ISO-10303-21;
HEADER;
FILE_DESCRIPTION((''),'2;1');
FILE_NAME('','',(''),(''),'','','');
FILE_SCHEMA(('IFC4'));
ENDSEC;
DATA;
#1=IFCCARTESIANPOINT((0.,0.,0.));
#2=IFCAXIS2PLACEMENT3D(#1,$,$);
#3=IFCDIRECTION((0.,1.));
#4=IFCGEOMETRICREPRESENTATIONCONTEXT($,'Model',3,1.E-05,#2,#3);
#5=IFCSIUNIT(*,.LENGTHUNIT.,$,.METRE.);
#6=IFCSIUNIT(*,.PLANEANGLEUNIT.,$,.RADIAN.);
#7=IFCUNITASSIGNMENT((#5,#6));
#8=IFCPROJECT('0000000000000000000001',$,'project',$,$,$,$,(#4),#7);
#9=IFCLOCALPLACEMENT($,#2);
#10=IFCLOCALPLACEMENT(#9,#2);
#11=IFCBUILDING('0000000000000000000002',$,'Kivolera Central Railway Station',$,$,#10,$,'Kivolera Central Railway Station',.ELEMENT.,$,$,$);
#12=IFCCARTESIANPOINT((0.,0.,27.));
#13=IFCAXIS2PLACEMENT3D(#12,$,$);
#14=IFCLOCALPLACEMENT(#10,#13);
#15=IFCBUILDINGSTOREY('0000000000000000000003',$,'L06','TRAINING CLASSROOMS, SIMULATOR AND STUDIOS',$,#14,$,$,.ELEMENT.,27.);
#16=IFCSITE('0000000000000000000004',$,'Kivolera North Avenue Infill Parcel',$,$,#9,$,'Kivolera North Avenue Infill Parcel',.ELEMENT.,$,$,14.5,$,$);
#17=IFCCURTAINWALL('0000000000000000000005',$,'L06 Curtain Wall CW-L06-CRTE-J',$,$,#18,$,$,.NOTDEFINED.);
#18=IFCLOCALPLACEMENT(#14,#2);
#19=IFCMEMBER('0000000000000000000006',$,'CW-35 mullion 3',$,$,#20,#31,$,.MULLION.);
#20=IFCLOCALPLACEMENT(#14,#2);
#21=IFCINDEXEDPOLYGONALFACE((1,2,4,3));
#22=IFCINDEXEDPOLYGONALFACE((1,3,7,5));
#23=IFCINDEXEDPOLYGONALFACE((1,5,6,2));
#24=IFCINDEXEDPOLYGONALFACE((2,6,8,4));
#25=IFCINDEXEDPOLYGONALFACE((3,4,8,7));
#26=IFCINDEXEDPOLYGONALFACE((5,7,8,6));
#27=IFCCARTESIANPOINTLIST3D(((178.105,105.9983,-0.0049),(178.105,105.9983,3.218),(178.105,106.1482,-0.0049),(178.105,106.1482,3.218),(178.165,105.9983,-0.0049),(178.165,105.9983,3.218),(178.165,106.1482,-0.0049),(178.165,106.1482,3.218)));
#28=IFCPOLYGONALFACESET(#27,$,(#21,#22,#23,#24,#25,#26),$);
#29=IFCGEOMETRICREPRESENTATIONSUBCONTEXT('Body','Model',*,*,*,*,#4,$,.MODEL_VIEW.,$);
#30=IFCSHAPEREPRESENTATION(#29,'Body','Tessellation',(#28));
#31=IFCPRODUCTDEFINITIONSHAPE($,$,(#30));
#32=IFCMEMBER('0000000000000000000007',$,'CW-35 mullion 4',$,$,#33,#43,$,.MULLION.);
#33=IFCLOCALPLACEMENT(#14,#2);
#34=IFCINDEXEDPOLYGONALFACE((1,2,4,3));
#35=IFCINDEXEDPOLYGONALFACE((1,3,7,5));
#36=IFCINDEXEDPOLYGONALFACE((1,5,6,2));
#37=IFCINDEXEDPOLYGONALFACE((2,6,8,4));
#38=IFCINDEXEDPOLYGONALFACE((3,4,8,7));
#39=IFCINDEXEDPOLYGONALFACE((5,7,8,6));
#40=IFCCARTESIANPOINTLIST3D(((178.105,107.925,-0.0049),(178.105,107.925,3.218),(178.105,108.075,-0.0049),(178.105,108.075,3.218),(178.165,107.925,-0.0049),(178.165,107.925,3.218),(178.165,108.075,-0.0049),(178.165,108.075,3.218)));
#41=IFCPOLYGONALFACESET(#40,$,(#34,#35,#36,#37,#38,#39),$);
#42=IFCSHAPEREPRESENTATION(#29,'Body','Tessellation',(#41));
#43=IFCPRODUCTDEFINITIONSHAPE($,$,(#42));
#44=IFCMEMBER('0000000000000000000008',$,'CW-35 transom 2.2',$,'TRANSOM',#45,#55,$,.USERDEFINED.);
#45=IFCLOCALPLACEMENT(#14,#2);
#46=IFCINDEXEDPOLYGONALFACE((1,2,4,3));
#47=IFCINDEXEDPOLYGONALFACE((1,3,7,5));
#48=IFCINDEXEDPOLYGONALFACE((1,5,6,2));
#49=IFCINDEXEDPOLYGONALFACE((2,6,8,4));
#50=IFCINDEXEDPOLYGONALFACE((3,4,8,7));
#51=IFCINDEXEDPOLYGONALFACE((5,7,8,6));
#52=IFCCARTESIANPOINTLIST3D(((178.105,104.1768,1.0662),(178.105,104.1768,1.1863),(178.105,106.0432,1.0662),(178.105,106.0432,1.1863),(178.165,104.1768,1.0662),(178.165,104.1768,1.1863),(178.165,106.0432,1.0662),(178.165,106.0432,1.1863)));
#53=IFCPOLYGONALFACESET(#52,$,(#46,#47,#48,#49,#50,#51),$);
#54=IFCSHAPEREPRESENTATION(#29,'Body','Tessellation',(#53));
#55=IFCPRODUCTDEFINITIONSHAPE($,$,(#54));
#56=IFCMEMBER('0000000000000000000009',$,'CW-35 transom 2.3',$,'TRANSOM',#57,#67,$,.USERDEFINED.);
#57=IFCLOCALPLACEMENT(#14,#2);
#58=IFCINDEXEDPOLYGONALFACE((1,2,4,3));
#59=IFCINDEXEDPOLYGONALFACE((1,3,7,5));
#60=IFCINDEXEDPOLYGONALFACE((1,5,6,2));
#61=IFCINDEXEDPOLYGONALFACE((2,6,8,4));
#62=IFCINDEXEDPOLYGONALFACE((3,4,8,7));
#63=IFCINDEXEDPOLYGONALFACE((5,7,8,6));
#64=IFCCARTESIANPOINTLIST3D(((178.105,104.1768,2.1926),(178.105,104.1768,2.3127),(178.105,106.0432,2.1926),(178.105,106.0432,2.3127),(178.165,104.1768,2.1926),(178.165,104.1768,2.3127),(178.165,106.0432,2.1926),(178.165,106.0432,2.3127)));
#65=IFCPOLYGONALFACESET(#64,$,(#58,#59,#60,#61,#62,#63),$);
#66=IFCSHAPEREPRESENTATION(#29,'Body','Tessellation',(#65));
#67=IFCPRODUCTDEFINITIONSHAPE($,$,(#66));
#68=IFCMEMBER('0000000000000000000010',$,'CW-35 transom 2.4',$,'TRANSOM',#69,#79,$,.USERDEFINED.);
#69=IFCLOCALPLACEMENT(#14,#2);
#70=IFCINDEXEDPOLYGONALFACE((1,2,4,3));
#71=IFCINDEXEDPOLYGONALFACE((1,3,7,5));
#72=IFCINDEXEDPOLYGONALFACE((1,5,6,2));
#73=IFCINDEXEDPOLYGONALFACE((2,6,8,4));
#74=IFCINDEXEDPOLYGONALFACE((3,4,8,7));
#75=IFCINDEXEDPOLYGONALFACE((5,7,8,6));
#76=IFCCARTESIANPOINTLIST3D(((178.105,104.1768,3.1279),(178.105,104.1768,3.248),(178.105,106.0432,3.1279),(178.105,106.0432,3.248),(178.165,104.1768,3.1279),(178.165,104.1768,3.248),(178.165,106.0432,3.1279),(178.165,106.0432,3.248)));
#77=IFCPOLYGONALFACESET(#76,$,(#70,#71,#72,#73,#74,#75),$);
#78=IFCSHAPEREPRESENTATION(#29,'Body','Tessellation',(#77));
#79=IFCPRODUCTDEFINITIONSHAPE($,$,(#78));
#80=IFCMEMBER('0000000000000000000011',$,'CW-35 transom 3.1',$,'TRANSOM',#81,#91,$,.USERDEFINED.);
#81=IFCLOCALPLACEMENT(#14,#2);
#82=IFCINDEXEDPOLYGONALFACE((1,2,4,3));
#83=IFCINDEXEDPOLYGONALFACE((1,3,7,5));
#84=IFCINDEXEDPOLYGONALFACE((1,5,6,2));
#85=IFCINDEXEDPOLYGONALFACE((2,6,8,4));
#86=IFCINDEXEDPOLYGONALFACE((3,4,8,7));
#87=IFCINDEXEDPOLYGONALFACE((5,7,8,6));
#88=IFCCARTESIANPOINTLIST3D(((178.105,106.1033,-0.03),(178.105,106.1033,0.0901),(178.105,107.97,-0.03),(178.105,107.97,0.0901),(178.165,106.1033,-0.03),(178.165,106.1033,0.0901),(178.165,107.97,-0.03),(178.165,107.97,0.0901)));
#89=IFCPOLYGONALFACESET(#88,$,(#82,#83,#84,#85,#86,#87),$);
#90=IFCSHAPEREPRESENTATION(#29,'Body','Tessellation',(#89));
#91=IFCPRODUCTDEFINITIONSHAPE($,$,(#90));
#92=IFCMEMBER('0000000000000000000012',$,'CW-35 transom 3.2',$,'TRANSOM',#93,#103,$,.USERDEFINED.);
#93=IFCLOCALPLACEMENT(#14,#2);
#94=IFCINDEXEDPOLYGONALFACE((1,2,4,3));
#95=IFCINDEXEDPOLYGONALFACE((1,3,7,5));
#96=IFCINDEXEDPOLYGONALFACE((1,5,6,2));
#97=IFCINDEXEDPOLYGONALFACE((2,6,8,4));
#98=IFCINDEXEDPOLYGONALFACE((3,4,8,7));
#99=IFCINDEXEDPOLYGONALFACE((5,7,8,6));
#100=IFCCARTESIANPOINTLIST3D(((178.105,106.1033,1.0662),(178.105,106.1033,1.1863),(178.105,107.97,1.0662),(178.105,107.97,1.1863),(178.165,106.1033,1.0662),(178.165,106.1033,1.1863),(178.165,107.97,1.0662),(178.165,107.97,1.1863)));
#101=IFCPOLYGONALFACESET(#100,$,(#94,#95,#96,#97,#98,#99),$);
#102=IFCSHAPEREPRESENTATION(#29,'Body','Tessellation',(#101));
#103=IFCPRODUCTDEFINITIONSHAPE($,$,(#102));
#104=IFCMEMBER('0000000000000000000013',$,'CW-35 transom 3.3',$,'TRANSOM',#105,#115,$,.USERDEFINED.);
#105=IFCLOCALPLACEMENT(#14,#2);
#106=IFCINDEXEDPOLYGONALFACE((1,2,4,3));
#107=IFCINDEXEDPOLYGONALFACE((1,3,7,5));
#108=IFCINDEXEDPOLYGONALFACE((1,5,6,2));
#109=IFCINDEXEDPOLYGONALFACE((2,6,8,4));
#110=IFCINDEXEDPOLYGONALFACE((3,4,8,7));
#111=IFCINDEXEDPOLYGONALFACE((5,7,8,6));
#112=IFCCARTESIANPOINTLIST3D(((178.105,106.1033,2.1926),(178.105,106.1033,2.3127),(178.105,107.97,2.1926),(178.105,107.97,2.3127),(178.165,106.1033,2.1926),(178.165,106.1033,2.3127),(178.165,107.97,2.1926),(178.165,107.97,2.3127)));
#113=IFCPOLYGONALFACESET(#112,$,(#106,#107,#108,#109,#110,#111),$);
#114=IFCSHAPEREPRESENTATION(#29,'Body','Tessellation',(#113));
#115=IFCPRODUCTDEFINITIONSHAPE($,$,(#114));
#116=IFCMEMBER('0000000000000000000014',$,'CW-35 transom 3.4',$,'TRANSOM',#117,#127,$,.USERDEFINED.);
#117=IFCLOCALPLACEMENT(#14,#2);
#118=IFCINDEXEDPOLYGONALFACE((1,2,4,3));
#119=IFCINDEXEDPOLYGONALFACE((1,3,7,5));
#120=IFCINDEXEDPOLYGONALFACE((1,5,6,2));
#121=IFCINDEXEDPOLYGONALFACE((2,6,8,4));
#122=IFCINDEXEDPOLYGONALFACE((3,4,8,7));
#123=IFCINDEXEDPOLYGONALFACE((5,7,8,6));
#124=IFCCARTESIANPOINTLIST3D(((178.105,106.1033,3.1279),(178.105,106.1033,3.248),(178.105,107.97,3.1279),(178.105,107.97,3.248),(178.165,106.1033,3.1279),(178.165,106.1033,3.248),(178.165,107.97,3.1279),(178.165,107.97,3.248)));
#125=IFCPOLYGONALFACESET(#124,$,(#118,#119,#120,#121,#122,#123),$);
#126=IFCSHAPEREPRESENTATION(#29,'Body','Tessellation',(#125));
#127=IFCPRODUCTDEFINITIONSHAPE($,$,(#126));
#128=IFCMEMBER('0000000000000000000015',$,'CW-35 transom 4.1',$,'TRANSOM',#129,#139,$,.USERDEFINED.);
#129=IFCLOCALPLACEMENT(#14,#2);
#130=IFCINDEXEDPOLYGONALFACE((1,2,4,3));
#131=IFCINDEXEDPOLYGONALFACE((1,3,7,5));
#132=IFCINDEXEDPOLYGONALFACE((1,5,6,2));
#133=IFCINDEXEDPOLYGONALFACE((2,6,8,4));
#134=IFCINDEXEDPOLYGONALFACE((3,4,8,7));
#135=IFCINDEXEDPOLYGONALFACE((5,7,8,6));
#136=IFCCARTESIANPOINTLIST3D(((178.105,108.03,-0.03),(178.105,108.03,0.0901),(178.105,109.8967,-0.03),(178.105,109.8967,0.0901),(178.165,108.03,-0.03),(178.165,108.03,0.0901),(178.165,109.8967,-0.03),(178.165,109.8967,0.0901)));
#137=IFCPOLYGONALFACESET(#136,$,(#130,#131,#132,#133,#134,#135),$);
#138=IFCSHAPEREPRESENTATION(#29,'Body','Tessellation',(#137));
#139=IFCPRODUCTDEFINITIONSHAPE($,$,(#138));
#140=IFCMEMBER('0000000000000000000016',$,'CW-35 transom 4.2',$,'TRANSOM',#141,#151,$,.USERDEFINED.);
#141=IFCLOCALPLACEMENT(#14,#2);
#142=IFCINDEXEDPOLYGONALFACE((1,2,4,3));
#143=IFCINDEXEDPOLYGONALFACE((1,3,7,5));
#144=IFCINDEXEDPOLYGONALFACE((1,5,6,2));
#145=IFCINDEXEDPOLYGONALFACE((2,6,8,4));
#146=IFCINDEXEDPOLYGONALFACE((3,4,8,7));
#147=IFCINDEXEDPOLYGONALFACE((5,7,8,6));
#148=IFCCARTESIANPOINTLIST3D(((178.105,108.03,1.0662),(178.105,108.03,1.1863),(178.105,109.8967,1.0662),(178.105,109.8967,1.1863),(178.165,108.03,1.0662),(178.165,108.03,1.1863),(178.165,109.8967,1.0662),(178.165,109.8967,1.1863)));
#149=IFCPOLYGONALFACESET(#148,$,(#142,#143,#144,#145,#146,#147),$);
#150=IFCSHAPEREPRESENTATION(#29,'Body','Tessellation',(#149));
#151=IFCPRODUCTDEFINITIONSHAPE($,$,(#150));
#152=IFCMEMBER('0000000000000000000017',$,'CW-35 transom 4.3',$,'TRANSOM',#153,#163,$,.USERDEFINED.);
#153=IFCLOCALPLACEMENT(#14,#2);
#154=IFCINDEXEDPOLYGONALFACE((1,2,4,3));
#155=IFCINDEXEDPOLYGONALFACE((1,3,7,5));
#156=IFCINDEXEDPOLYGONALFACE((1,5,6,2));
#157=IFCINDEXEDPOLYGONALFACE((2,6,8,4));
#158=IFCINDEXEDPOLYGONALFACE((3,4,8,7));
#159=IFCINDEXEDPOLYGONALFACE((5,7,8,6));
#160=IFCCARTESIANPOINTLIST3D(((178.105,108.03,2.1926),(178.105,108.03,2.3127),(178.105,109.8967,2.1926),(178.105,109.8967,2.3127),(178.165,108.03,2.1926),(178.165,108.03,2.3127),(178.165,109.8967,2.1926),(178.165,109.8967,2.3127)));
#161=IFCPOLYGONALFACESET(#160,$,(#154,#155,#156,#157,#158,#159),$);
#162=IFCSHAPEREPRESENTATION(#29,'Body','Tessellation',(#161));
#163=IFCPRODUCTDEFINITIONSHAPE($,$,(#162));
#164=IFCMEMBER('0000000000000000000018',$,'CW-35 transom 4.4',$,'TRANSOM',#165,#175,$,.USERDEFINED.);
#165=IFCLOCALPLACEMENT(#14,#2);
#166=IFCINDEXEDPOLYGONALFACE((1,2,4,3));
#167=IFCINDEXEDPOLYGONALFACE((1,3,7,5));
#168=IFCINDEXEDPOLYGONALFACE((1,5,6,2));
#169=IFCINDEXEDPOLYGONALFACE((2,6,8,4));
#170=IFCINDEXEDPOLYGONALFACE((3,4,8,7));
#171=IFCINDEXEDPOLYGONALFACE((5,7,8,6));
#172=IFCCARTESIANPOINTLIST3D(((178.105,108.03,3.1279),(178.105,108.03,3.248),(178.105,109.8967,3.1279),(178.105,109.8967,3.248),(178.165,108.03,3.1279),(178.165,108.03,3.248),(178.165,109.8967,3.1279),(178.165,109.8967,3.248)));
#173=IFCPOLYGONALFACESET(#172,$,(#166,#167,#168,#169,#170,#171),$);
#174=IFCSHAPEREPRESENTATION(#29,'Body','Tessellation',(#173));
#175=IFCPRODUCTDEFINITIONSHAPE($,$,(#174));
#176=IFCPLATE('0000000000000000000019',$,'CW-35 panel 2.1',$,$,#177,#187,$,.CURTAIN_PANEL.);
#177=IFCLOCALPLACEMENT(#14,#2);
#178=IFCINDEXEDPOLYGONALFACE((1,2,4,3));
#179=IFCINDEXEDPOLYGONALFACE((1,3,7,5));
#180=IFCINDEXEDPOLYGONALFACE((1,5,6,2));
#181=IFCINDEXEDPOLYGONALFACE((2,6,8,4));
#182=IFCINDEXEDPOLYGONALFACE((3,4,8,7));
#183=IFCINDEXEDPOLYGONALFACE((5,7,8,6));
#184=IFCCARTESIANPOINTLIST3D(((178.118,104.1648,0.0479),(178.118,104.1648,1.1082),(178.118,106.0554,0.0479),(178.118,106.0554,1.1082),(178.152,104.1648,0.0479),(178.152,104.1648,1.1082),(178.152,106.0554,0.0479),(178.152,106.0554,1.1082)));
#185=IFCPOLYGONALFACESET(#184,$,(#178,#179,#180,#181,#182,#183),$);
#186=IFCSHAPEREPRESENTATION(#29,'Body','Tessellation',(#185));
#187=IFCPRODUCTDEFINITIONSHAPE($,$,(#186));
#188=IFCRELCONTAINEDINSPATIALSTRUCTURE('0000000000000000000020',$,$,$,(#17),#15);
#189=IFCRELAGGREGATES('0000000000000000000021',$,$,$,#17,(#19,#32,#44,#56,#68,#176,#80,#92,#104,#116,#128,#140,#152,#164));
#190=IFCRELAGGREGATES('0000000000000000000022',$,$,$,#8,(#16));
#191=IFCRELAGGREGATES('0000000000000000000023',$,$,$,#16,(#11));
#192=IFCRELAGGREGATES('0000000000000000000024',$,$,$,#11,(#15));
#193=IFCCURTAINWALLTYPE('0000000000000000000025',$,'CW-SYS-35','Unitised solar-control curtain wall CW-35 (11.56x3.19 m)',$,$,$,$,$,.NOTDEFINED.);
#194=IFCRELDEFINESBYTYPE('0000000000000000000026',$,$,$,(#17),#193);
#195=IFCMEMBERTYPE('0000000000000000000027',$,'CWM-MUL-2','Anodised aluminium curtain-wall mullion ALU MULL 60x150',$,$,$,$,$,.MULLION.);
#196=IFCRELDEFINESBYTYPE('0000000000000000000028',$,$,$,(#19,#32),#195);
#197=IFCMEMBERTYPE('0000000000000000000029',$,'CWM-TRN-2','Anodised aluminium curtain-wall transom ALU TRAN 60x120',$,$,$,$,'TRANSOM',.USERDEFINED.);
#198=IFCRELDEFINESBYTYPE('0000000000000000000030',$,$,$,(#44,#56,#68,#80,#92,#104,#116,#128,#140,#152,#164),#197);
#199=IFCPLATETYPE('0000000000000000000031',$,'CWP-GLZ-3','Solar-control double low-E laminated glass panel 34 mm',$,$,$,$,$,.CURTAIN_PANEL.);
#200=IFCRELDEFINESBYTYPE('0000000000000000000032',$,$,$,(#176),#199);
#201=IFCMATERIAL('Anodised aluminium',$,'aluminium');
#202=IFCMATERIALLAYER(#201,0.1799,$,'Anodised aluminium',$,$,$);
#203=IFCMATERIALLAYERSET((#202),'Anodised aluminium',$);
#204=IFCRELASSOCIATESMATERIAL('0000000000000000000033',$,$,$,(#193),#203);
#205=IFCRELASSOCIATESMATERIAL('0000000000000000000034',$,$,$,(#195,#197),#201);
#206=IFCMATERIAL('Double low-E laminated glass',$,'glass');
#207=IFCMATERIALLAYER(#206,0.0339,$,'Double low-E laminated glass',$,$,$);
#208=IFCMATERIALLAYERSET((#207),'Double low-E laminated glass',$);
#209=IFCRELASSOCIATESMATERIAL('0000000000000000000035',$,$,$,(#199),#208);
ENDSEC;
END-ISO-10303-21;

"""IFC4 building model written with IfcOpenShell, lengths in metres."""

from ifc_helpers import new_model, si_unit, direction, frame, origin, origin_2d, place, context, subcontext, project, spatial, rectangle, extrude, material, layer, layer_set, material_profile, profile_set, type_object, element, aggregate, save


model = new_model("IFC4")

# Units and contexts
model_context = context("Model", 3, precision=1e-05, world=origin(), true_north=direction((0.0, 1.0)))
body_context = subcontext(model_context, "Body", "Model", "MODEL_VIEW")
ifc_project = project(units=[si_unit("LENGTHUNIT", "METRE"), si_unit("PLANEANGLEUNIT", "RADIAN")], contexts=[model_context])

# Site, building, storey
site_placement = place(None, origin())
site = spatial("IfcSite", under=ifc_project, at=site_placement, Name="Kivolera North Avenue Infill Parcel", LongName="Kivolera North Avenue Infill Parcel", CompositionType="ELEMENT", RefElevation=14.5)
building_placement = place(site_placement, origin())
building = spatial("IfcBuilding", under=site, at=building_placement, Name="Kivolera Central Railway Station", LongName="Kivolera Central Railway Station", CompositionType="ELEMENT")
storey_placement = place(building_placement, frame((0.0, 0.0, 27.0)))
storey = spatial("IfcBuildingStorey", under=building, at=storey_placement, Name="L06", Description="TRAINING CLASSROOMS, SIMULATOR AND STUDIOS", CompositionType="ELEMENT", Elevation=27.0)

# Curtain wall, members, plate
ifc_material_1 = material(Name="Anodised aluminium", Category="aluminium")
ifc_layer_1 = layer(ifc_material_1, 0.1799, Name="Anodised aluminium")
ifc_layer_set_1 = layer_set([ifc_layer_1], Name="Anodised aluminium")
curtain_wall_type = type_object("IfcCurtainWallType", Name="CW-SYS-35", Description="Unitised solar-control curtain wall CW-35 (11.56x3.19 m)", PredefinedType="NOTDEFINED", material=ifc_layer_set_1)
curtain_wall_placement = place(storey_placement, origin())
curtain_wall = element("IfcCurtainWall", 1, at=curtain_wall_placement, inside=storey, type_object=curtain_wall_type, Name="L06 Curtain Wall CW-L06-CRTE-J", PredefinedType="NOTDEFINED")
ifc_material_profile_1 = material_profile(ifc_material_1, rectangle(XDim=0.0601, YDim=0.1499, at=origin_2d()), Name="ALU MULL 60x150")
ifc_profile_set_1 = profile_set([ifc_material_profile_1], Name="Anodised aluminium")
member_type_1 = type_object("IfcMemberType", Name="CWM-MUL-2", Description="Anodised aluminium curtain-wall mullion ALU MULL 60x150", PredefinedType="MULLION", material=ifc_profile_set_1)
member_1_placement = place(storey_placement, frame((178.135, 106.0732, -0.0049), z_axis=(0.0, 0.0, 1.0), x_axis=(-1.0, 0.0, 0.0)))
member_1 = element("IfcMember", 2, at=member_1_placement, type_object=member_type_1, Name="CW-35 mullion 3", PredefinedType="MULLION", context=body_context, shape_type="SweptSolid", body=[
    extrude(rectangle(XDim=0.0601, YDim=0.1499, at=origin_2d()), origin(), (0.0, 0.0, 1.0), 3.2229),
])
member_2_placement = place(storey_placement, frame((178.135, 108.0, -0.0049), z_axis=(0.0, 0.0, 1.0), x_axis=(-1.0, 0.0, 0.0)))
member_2 = element("IfcMember", 3, at=member_2_placement, type_object=member_type_1, Name="CW-35 mullion 4", PredefinedType="MULLION", context=body_context, shape_type="SweptSolid", body=[
    extrude(rectangle(XDim=0.0601, YDim=0.1499, at=origin_2d()), origin(), (0.0, 0.0, 1.0), 3.2229),
])
ifc_material_profile_2 = material_profile(ifc_material_1, rectangle(XDim=0.0601, YDim=0.1201, at=origin_2d()), Name="ALU TRAN 60x120")
ifc_profile_set_2 = profile_set([ifc_material_profile_2], Name="Anodised aluminium")
member_type_2 = type_object("IfcMemberType", Name="CWM-TRN-2", Description="Anodised aluminium curtain-wall transom ALU TRAN 60x120", ElementType="TRANSOM", PredefinedType="USERDEFINED", material=ifc_profile_set_2)
member_3_placement = place(storey_placement, frame((178.135, 104.1768, 1.1262), z_axis=(0.0, 1.0, 0.0), x_axis=(-1.0, 0.0, 0.0)))
member_3 = element("IfcMember", 4, at=member_3_placement, type_object=member_type_2, Name="CW-35 transom 2.2", ObjectType="TRANSOM", PredefinedType="USERDEFINED", context=body_context, shape_type="SweptSolid", body=[
    extrude(rectangle(XDim=0.0601, YDim=0.1201, at=origin_2d()), origin(), (0.0, 0.0, 1.0), 1.8665),
])
member_4_placement = place(storey_placement, frame((178.135, 104.1768, 2.2527), z_axis=(0.0, 1.0, 0.0), x_axis=(-1.0, 0.0, 0.0)))
member_4 = element("IfcMember", 5, at=member_4_placement, type_object=member_type_2, Name="CW-35 transom 2.3", ObjectType="TRANSOM", PredefinedType="USERDEFINED", context=body_context, shape_type="SweptSolid", body=[
    extrude(rectangle(XDim=0.0601, YDim=0.1201, at=origin_2d()), origin(), (0.0, 0.0, 1.0), 1.8665),
])
member_5_placement = place(storey_placement, frame((178.135, 104.1768, 3.188), z_axis=(0.0, 1.0, 0.0), x_axis=(-1.0, 0.0, 0.0)))
member_5 = element("IfcMember", 6, at=member_5_placement, type_object=member_type_2, Name="CW-35 transom 2.4", ObjectType="TRANSOM", PredefinedType="USERDEFINED", context=body_context, shape_type="SweptSolid", body=[
    extrude(rectangle(XDim=0.0601, YDim=0.1201, at=origin_2d()), origin(), (0.0, 0.0, 1.0), 1.8665),
])
member_6_placement = place(storey_placement, frame((178.135, 106.1033, 0.03), z_axis=(0.0, 1.0, 0.0), x_axis=(-1.0, 0.0, 0.0)))
member_6 = element("IfcMember", 7, at=member_6_placement, type_object=member_type_2, Name="CW-35 transom 3.1", ObjectType="TRANSOM", PredefinedType="USERDEFINED", context=body_context, shape_type="SweptSolid", body=[
    extrude(rectangle(XDim=0.0601, YDim=0.1201, at=origin_2d()), origin(), (0.0, 0.0, 1.0), 1.8667),
])
member_7_placement = place(storey_placement, frame((178.135, 106.1033, 1.1262), z_axis=(0.0, 1.0, 0.0), x_axis=(-1.0, 0.0, 0.0)))
member_7 = element("IfcMember", 8, at=member_7_placement, type_object=member_type_2, Name="CW-35 transom 3.2", ObjectType="TRANSOM", PredefinedType="USERDEFINED", context=body_context, shape_type="SweptSolid", body=[
    extrude(rectangle(XDim=0.0601, YDim=0.1201, at=origin_2d()), origin(), (0.0, 0.0, 1.0), 1.8667),
])
member_8_placement = place(storey_placement, frame((178.135, 106.1033, 2.2527), z_axis=(0.0, 1.0, 0.0), x_axis=(-1.0, 0.0, 0.0)))
member_8 = element("IfcMember", 9, at=member_8_placement, type_object=member_type_2, Name="CW-35 transom 3.3", ObjectType="TRANSOM", PredefinedType="USERDEFINED", context=body_context, shape_type="SweptSolid", body=[
    extrude(rectangle(XDim=0.0601, YDim=0.1201, at=origin_2d()), origin(), (0.0, 0.0, 1.0), 1.8667),
])
member_9_placement = place(storey_placement, frame((178.135, 106.1033, 3.188), z_axis=(0.0, 1.0, 0.0), x_axis=(-1.0, 0.0, 0.0)))
member_9 = element("IfcMember", 10, at=member_9_placement, type_object=member_type_2, Name="CW-35 transom 3.4", ObjectType="TRANSOM", PredefinedType="USERDEFINED", context=body_context, shape_type="SweptSolid", body=[
    extrude(rectangle(XDim=0.0601, YDim=0.1201, at=origin_2d()), origin(), (0.0, 0.0, 1.0), 1.8667),
])
member_10_placement = place(storey_placement, frame((178.135, 108.03, 0.03), z_axis=(0.0, 1.0, 0.0), x_axis=(-1.0, 0.0, 0.0)))
member_10 = element("IfcMember", 11, at=member_10_placement, type_object=member_type_2, Name="CW-35 transom 4.1", ObjectType="TRANSOM", PredefinedType="USERDEFINED", context=body_context, shape_type="SweptSolid", body=[
    extrude(rectangle(XDim=0.0601, YDim=0.1201, at=origin_2d()), origin(), (0.0, 0.0, 1.0), 1.8667),
])
member_11_placement = place(storey_placement, frame((178.135, 108.03, 1.1262), z_axis=(0.0, 1.0, 0.0), x_axis=(-1.0, 0.0, 0.0)))
member_11 = element("IfcMember", 12, at=member_11_placement, type_object=member_type_2, Name="CW-35 transom 4.2", ObjectType="TRANSOM", PredefinedType="USERDEFINED", context=body_context, shape_type="SweptSolid", body=[
    extrude(rectangle(XDim=0.0601, YDim=0.1201, at=origin_2d()), origin(), (0.0, 0.0, 1.0), 1.8667),
])
member_12_placement = place(storey_placement, frame((178.135, 108.03, 2.2527), z_axis=(0.0, 1.0, 0.0), x_axis=(-1.0, 0.0, 0.0)))
member_12 = element("IfcMember", 13, at=member_12_placement, type_object=member_type_2, Name="CW-35 transom 4.3", ObjectType="TRANSOM", PredefinedType="USERDEFINED", context=body_context, shape_type="SweptSolid", body=[
    extrude(rectangle(XDim=0.0601, YDim=0.1201, at=origin_2d()), origin(), (0.0, 0.0, 1.0), 1.8667),
])
member_13_placement = place(storey_placement, frame((178.135, 108.03, 3.188), z_axis=(0.0, 1.0, 0.0), x_axis=(-1.0, 0.0, 0.0)))
member_13 = element("IfcMember", 14, at=member_13_placement, type_object=member_type_2, Name="CW-35 transom 4.4", ObjectType="TRANSOM", PredefinedType="USERDEFINED", context=body_context, shape_type="SweptSolid", body=[
    extrude(rectangle(XDim=0.0601, YDim=0.1201, at=origin_2d()), origin(), (0.0, 0.0, 1.0), 1.8667),
])
ifc_material_2 = material(Name="Double low-E laminated glass", Category="glass")
ifc_layer_2 = layer(ifc_material_2, 0.0339, Name="Double low-E laminated glass")
ifc_layer_set_2 = layer_set([ifc_layer_2], Name="Double low-E laminated glass")
plate_type = type_object("IfcPlateType", Name="CWP-GLZ-3", Description="Solar-control double low-E laminated glass panel 34 mm", PredefinedType="CURTAIN_PANEL", material=ifc_layer_set_2)
plate_1_placement = place(storey_placement, frame((178.135, 105.1101, 0.0479), z_axis=(0.0, 0.0, 1.0), x_axis=(0.0, 1.0, 0.0)))
plate_1 = element("IfcPlate", 15, at=plate_1_placement, type_object=plate_type, Name="CW-35 panel 2.1", PredefinedType="CURTAIN_PANEL", context=body_context, shape_type="SweptSolid", body=[
    extrude(rectangle(XDim=1.8906, YDim=0.0339, at=origin_2d()), origin(), (0.0, 0.0, 1.0), 1.0603),
])
aggregate(curtain_wall, [member_1, member_2, member_3, member_4, member_5, plate_1, member_6, member_7, member_8, member_9, member_10, member_11, member_12, member_13])

save(model, "model.ifc")
